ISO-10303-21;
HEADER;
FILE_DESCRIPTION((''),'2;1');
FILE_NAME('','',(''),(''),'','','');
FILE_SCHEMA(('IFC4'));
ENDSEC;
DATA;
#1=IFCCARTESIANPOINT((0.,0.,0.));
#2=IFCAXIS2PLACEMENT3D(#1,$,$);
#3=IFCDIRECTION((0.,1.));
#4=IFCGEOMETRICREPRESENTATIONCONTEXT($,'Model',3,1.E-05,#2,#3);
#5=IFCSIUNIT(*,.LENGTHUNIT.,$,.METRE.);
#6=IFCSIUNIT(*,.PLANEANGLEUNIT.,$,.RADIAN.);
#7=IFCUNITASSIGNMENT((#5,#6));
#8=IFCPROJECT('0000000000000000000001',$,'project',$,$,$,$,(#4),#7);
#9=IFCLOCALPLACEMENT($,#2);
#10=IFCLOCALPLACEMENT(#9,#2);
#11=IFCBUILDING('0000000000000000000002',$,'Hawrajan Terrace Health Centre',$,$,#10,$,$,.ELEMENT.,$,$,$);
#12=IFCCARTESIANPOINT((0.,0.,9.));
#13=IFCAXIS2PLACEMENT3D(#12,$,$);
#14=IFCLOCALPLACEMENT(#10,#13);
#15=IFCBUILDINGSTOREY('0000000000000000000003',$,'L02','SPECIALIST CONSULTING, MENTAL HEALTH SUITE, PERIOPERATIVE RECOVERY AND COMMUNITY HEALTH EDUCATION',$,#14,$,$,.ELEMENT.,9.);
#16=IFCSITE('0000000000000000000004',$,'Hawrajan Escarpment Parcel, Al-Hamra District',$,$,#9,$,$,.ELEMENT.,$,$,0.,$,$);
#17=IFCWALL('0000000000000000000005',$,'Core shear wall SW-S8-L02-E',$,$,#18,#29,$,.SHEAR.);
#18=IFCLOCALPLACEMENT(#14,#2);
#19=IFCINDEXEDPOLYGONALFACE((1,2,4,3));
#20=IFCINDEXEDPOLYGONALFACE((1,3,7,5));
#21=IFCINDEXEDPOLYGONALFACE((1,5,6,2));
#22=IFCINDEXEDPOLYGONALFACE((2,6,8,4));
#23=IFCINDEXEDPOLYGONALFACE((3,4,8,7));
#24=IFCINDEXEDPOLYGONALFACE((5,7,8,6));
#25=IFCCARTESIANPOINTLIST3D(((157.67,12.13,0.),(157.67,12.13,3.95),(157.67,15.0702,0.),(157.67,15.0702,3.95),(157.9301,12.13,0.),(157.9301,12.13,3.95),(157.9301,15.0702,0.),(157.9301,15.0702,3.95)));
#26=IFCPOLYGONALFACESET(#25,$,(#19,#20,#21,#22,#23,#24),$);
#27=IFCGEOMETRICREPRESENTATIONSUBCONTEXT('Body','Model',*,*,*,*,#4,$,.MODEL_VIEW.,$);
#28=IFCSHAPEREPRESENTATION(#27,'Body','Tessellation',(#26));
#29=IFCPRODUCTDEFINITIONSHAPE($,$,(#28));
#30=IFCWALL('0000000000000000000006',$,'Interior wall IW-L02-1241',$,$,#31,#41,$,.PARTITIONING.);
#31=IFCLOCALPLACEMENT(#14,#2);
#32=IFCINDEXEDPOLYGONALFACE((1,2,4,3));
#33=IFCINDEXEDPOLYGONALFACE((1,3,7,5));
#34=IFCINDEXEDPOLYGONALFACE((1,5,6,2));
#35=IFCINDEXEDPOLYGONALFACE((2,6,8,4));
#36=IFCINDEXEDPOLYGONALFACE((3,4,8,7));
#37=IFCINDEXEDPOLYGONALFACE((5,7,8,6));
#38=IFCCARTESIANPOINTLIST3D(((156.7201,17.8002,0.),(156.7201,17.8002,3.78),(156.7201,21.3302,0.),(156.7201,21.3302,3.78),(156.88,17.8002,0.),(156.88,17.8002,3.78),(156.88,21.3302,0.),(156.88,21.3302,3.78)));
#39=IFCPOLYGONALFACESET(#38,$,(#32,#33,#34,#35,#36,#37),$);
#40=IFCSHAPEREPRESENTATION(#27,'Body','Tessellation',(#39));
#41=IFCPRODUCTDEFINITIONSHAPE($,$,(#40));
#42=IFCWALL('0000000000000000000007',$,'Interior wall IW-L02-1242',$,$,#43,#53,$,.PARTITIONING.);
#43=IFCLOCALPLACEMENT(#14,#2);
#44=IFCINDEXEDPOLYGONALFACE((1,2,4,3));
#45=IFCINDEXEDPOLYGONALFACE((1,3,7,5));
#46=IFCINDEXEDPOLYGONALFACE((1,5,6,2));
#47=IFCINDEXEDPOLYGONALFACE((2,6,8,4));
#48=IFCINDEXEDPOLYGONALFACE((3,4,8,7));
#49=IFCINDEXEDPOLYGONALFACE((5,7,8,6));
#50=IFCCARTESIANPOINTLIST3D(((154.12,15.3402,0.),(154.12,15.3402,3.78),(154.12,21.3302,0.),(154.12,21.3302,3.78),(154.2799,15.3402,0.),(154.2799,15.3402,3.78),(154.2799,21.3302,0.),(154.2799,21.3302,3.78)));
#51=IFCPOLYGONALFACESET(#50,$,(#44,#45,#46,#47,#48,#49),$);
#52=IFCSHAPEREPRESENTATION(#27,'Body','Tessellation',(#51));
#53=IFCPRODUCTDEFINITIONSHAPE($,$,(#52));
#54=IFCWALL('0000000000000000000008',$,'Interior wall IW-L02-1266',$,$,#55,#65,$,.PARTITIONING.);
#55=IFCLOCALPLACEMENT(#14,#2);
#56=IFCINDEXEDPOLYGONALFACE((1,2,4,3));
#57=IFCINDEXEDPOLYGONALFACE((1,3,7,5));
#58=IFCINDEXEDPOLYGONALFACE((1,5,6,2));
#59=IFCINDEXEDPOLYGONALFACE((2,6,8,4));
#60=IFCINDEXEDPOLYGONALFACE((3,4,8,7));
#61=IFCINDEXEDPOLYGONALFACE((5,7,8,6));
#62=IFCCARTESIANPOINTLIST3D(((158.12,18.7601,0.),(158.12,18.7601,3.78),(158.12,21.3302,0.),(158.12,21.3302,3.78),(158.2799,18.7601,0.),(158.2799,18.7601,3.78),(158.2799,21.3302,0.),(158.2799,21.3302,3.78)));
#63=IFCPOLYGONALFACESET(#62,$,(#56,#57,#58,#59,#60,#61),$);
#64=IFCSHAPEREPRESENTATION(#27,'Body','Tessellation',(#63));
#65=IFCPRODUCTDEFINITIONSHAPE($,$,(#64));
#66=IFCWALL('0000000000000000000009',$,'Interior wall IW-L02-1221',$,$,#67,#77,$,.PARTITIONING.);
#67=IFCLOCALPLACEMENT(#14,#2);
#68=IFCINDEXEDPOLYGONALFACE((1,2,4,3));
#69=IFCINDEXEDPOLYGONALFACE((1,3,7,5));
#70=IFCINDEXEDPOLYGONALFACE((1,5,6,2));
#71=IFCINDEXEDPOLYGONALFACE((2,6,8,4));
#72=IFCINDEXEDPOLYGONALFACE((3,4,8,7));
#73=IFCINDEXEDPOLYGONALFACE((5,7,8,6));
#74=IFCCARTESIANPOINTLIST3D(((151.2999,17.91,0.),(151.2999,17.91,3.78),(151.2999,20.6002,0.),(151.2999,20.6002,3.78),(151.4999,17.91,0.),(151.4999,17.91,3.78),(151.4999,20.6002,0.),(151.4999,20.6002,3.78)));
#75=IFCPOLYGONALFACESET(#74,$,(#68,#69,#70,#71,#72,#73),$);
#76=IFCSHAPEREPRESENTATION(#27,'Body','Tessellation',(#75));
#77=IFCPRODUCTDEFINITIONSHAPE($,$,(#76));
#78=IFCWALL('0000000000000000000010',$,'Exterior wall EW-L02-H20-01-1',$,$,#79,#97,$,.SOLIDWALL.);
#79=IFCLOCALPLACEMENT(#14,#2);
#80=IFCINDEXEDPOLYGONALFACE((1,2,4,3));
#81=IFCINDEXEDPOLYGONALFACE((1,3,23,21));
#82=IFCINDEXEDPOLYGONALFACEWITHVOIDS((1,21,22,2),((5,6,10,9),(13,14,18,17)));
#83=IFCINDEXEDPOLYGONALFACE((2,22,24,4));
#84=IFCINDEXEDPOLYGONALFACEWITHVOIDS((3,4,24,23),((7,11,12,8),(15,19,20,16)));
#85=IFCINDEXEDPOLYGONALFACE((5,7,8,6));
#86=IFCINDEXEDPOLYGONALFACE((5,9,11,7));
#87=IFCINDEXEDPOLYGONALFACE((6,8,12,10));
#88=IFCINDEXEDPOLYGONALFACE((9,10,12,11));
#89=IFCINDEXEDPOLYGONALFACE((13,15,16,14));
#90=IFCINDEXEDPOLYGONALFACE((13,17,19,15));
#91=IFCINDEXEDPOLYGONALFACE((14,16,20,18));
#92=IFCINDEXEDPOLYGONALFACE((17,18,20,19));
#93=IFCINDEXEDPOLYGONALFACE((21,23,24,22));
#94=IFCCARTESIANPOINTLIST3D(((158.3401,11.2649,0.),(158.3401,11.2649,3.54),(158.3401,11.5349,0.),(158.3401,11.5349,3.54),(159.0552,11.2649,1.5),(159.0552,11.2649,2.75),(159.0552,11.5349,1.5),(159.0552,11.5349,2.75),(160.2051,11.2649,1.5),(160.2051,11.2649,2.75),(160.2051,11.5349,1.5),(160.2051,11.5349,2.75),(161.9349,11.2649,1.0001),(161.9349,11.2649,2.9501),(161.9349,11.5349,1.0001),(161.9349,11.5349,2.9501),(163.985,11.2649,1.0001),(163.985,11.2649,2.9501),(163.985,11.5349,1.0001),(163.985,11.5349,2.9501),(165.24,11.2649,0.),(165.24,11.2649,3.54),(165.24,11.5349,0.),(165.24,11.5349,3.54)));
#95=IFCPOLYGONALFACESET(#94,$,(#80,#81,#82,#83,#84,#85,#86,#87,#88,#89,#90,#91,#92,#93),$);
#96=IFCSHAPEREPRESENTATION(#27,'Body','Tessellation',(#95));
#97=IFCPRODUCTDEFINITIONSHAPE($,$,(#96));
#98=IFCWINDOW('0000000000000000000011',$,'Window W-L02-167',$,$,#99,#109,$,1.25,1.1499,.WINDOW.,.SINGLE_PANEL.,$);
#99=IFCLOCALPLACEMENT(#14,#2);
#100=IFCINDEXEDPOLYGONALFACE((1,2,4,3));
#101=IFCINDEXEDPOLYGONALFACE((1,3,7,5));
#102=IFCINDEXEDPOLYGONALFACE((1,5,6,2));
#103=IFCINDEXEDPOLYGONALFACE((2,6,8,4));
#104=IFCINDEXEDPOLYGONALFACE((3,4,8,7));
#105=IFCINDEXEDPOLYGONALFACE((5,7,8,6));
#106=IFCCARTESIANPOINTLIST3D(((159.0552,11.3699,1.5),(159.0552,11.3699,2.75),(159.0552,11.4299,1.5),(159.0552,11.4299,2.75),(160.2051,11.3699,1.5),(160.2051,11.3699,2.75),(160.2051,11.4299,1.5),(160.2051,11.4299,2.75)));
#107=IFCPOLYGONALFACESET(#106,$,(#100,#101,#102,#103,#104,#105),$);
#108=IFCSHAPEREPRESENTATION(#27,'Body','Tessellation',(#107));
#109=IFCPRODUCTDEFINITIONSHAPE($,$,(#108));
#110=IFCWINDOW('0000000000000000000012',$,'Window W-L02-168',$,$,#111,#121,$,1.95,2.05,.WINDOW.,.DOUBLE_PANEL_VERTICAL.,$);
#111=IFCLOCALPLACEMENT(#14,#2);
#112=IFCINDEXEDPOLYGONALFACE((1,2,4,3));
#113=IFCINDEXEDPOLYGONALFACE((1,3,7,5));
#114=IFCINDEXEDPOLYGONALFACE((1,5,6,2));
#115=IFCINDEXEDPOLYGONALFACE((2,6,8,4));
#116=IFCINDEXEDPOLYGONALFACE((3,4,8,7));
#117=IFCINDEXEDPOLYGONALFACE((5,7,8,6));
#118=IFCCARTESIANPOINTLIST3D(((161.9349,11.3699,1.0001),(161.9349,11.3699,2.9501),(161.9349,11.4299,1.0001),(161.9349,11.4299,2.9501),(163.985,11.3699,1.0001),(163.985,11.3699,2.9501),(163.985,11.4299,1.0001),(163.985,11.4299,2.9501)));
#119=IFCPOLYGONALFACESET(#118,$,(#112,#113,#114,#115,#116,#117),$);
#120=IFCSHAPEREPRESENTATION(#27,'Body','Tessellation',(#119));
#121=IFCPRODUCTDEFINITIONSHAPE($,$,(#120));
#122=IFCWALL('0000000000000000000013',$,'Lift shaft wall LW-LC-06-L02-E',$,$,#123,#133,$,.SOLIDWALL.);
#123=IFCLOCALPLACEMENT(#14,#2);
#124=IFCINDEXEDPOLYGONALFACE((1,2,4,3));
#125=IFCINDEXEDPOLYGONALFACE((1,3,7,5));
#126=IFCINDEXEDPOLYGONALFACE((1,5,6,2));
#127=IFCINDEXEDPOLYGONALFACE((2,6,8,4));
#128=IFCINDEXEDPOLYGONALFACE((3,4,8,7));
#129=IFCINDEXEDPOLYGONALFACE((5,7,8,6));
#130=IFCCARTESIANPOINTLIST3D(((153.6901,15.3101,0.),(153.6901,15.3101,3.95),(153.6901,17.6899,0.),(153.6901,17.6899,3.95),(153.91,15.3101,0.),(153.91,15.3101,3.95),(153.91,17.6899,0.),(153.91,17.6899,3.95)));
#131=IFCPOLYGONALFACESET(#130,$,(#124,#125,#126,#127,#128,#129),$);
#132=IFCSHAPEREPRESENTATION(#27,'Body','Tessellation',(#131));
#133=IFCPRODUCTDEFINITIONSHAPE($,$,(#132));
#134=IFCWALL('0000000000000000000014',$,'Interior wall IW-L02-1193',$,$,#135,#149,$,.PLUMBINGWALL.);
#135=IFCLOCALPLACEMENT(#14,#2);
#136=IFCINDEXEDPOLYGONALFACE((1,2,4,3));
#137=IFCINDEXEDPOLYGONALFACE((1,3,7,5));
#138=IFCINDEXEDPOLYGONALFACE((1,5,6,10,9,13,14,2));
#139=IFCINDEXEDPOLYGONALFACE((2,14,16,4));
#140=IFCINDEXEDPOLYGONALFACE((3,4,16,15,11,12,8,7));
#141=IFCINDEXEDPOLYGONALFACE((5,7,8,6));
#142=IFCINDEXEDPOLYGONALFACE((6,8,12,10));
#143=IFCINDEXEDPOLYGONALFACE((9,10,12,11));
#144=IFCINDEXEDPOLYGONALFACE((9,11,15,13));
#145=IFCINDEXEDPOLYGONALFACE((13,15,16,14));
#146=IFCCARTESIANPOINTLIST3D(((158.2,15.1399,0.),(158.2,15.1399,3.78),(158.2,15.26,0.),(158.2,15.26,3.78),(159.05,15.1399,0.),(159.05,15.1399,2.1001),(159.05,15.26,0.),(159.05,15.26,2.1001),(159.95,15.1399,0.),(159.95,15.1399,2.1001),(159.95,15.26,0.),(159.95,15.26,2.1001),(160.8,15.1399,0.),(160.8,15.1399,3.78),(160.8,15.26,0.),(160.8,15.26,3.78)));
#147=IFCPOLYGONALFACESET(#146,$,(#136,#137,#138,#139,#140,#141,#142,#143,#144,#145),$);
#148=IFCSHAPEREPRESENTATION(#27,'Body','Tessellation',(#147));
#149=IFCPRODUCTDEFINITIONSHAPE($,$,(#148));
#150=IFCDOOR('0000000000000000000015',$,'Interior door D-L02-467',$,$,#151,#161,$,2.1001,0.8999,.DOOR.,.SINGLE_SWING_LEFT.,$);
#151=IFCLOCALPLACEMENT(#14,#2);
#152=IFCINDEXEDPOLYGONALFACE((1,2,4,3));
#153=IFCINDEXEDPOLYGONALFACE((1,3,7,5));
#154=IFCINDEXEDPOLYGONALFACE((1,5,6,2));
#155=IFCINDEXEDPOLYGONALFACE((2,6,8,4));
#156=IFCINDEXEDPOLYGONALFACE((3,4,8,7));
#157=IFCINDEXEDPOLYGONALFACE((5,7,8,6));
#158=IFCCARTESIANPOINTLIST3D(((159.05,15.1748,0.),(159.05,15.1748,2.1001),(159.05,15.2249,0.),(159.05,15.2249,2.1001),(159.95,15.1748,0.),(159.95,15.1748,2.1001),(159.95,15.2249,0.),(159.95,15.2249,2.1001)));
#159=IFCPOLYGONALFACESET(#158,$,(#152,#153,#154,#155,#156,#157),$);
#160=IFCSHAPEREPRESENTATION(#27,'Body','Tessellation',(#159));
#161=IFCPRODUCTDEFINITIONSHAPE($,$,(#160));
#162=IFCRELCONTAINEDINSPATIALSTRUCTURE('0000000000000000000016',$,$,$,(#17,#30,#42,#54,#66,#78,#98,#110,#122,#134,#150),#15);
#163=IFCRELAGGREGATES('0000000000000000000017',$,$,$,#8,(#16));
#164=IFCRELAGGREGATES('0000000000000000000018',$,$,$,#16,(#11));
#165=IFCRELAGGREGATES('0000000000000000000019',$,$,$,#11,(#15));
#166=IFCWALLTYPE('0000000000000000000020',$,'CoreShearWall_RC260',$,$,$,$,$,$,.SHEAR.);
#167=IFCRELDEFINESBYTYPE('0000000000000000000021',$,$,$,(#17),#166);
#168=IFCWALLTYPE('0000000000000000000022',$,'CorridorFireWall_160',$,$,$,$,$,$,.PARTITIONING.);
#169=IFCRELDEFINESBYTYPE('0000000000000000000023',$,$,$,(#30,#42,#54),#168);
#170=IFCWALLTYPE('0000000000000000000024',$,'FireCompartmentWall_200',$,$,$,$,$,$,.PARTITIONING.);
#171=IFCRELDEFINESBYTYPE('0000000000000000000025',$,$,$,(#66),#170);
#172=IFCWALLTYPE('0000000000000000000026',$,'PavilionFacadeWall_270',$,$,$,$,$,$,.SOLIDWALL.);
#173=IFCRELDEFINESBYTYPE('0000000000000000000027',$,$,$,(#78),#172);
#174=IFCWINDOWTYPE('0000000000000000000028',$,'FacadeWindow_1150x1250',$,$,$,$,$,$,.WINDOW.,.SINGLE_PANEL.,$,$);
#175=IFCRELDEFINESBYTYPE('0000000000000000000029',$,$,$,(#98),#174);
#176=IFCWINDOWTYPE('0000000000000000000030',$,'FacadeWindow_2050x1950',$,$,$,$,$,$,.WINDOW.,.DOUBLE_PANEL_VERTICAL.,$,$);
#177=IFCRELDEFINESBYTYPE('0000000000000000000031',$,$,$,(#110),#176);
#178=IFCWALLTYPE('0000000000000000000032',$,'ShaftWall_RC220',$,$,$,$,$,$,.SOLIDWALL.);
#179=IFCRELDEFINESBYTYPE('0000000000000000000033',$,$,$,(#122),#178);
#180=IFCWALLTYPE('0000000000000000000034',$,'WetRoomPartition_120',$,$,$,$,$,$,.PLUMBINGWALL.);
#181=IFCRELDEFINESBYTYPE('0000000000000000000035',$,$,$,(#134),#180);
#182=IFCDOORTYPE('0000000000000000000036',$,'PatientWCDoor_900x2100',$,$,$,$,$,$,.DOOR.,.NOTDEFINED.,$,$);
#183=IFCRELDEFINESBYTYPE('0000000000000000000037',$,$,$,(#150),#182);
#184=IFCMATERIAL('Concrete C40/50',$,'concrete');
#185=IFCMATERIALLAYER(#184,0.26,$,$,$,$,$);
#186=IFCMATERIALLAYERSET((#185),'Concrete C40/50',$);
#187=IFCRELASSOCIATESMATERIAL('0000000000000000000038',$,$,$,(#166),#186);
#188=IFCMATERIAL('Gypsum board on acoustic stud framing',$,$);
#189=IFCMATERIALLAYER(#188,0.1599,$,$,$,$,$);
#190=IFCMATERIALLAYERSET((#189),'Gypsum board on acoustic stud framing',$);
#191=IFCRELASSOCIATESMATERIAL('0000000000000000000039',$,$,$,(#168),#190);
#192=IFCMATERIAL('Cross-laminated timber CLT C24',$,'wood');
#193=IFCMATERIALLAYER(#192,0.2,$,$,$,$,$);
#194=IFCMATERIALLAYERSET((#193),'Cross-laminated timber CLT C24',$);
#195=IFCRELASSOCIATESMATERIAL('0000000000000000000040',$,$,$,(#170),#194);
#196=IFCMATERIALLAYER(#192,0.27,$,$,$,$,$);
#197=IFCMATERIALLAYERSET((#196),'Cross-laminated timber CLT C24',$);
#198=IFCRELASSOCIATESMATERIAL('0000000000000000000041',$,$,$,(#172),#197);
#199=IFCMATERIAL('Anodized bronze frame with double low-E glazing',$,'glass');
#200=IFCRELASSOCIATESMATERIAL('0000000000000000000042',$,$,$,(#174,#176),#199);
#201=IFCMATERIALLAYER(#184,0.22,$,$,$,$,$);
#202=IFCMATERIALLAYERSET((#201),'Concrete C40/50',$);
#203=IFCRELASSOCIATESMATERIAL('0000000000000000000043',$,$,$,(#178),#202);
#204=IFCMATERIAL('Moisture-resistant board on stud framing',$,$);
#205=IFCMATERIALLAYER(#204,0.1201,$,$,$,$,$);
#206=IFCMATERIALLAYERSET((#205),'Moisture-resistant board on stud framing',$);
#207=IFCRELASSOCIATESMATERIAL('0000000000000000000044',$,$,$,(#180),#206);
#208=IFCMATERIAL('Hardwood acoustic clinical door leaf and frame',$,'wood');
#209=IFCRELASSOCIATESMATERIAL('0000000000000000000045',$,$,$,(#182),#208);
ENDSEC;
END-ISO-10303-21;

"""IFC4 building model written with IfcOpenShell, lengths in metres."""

from ifc_helpers import new_model, si_unit, direction, frame, frame_2d, origin, place, context, subcontext, project, spatial, rectangle, extrude, material, layer, layer_set, type_object, element, fill, save


model = new_model("IFC4")

# Units and contexts
model_context = context("Model", 3, precision=1e-05, world=origin(), true_north=direction((0.0, 1.0)))
body_context = subcontext(model_context, "Body", "Model", "MODEL_VIEW")
ifc_project = project(units=[si_unit("LENGTHUNIT", "METRE"), si_unit("PLANEANGLEUNIT", "RADIAN")], contexts=[model_context])

# Site, building, storey
site_placement = place(None, origin())
site = spatial("IfcSite", under=ifc_project, at=site_placement, Name="Hawrajan Escarpment Parcel, Al-Hamra District", CompositionType="ELEMENT", RefElevation=0.0)
building_placement = place(site_placement, origin())
building = spatial("IfcBuilding", under=site, at=building_placement, Name="Hawrajan Terrace Health Centre", CompositionType="ELEMENT")
storey_placement = place(building_placement, frame((0.0, 0.0, 9.0)))
storey = spatial("IfcBuildingStorey", under=building, at=storey_placement, Name="L02", Description="SPECIALIST CONSULTING, MENTAL HEALTH SUITE, PERIOPERATIVE RECOVERY AND COMMUNITY HEALTH EDUCATION", CompositionType="ELEMENT", Elevation=9.0)

# Shared definitions
ifc_material_1 = material(Name="Gypsum board on acoustic stud framing")
ifc_material_2 = material(Name="Hardwood acoustic clinical door leaf and frame", Category="wood")

# Walls
ifc_material_3 = material(Name="Concrete C40/50", Category="concrete")
ifc_layer_1 = layer(ifc_material_3, 0.26)
ifc_layer_set_1 = layer_set([ifc_layer_1], Name="Concrete C40/50")
wall_type_1 = type_object("IfcWallType", Name="CoreShearWall_RC260", PredefinedType="SHEAR", material=ifc_layer_set_1)
wall_1_placement = place(storey_placement, frame((157.8, 12.1299, 0.0), z_axis=(0.0, 0.0, 1.0), x_axis=(0.0, 1.0, 0.0)))
element("IfcWall", 1, at=wall_1_placement, inside=storey, type_object=wall_type_1, Name="Core shear wall SW-S8-L02-E", PredefinedType="SHEAR", context=body_context, shape_type="SweptSolid", body=[
    extrude(rectangle(XDim=2.9402, YDim=0.26, at=frame_2d((1.4702, 0.0))), origin(), (0.0, 0.0, 1.0), 3.95),
])
ifc_layer_2 = layer(ifc_material_1, 0.1599)
ifc_layer_set_2 = layer_set([ifc_layer_2], Name="Gypsum board on acoustic stud framing")
wall_type_2 = type_object("IfcWallType", Name="CorridorFireWall_160", PredefinedType="PARTITIONING", material=ifc_layer_set_2)
wall_2_placement = place(storey_placement, frame((156.8, 17.8, 0.0), z_axis=(0.0, 0.0, 1.0), x_axis=(0.0, 1.0, 0.0)))
element("IfcWall", 2, at=wall_2_placement, inside=storey, type_object=wall_type_2, Name="Interior wall IW-L02-1241", PredefinedType="PARTITIONING", context=body_context, shape_type="SweptSolid", body=[
    extrude(rectangle(XDim=3.53, YDim=0.1599, at=frame_2d((1.7651, 0.0))), origin(), (0.0, 0.0, 1.0), 3.78),
])
wall_3_placement = place(storey_placement, frame((154.2, 15.3401, 0.0), z_axis=(0.0, 0.0, 1.0), x_axis=(0.0, 1.0, 0.0)))
element("IfcWall", 3, at=wall_3_placement, inside=storey, type_object=wall_type_2, Name="Interior wall IW-L02-1242", PredefinedType="PARTITIONING", context=body_context, shape_type="SweptSolid", body=[
    extrude(rectangle(XDim=5.99, YDim=0.1599, at=frame_2d((2.9951, 0.0))), origin(), (0.0, 0.0, 1.0), 3.78),
])
wall_4_placement = place(storey_placement, frame((158.2, 18.76, 0.0), z_axis=(0.0, 0.0, 1.0), x_axis=(0.0, 1.0, 0.0)))
element("IfcWall", 4, at=wall_4_placement, inside=storey, type_object=wall_type_2, Name="Interior wall IW-L02-1266", PredefinedType="PARTITIONING", context=body_context, shape_type="SweptSolid", body=[
    extrude(rectangle(XDim=2.5701, YDim=0.1599, at=frame_2d((1.2852, 0.0))), origin(), (0.0, 0.0, 1.0), 3.78),
])
ifc_material_4 = material(Name="Cross-laminated timber CLT C24", Category="wood")
ifc_layer_3 = layer(ifc_material_4, 0.2)
ifc_layer_set_3 = layer_set([ifc_layer_3], Name="Cross-laminated timber CLT C24")
wall_type_3 = type_object("IfcWallType", Name="FireCompartmentWall_200", PredefinedType="PARTITIONING", material=ifc_layer_set_3)
wall_5_placement = place(storey_placement, frame((151.3999, 17.9099, 0.0), z_axis=(0.0, 0.0, 1.0), x_axis=(0.0, 1.0, 0.0)))
element("IfcWall", 5, at=wall_5_placement, inside=storey, type_object=wall_type_3, Name="Interior wall IW-L02-1221", PredefinedType="PARTITIONING", context=body_context, shape_type="SweptSolid", body=[
    extrude(rectangle(XDim=2.6902, YDim=0.2, at=frame_2d((1.3452, 0.0))), origin(), (0.0, 0.0, 1.0), 3.78),
])

# Wall, openings, windows
ifc_layer_4 = layer(ifc_material_4, 0.27)
ifc_layer_set_4 = layer_set([ifc_layer_4], Name="Cross-laminated timber CLT C24")
wall_type_4 = type_object("IfcWallType", Name="PavilionFacadeWall_270", PredefinedType="SOLIDWALL", material=ifc_layer_set_4)
wall_6_placement = place(storey_placement, frame((158.3401, 11.3999, 0.0), z_axis=(0.0, 0.0, 1.0), x_axis=(1.0, 0.0, 0.0)))
wall_6 = element("IfcWall", 6, at=wall_6_placement, inside=storey, type_object=wall_type_4, Name="Exterior wall EW-L02-H20-01-1", PredefinedType="SOLIDWALL", context=body_context, shape_type="SweptSolid", body=[
    extrude(rectangle(XDim=6.8999, YDim=0.27, at=frame_2d((3.45, 0.0))), origin(), (0.0, 0.0, 1.0), 3.54),
])
opening_1_placement = place(wall_6_placement, frame((0.7151, 0.0, 1.5)))
opening_1 = element("IfcOpeningElement", 7, at=opening_1_placement, cuts=wall_6, PredefinedType="OPENING", context=body_context, shape_type="SweptSolid", body=[
    extrude(rectangle(XDim=1.1499, YDim=1.25, at=frame_2d((0.575, 0.625))), frame((0.0, 0.145, 0.0), z_axis=(0.0, -1.0, 0.0), x_axis=(1.0, 0.0, 0.0)), (0.0, 0.0, 1.0), 0.29),
])
opening_2_placement = place(wall_6_placement, frame((3.595, 0.0, 1.0)))
opening_2 = element("IfcOpeningElement", 8, at=opening_2_placement, cuts=wall_6, PredefinedType="OPENING", context=body_context, shape_type="SweptSolid", body=[
    extrude(rectangle(XDim=2.05, YDim=1.95, at=frame_2d((1.0249, 0.9751))), frame((0.0, 0.145, 0.0), z_axis=(0.0, -1.0, 0.0), x_axis=(1.0, 0.0, 0.0)), (0.0, 0.0, 1.0), 0.29),
])
ifc_material_5 = material(Name="Anodized bronze frame with double low-E glazing", Category="glass")
window_type_1 = type_object("IfcWindowType", Name="FacadeWindow_1150x1250", PartitioningType="SINGLE_PANEL", PredefinedType="WINDOW", material=ifc_material_5)
window_1_placement = place(opening_1_placement, origin())
window_1 = element("IfcWindow", 9, at=window_1_placement, inside=storey, type_object=window_type_1, Name="Window W-L02-167", OverallHeight=1.25, OverallWidth=1.1499, PartitioningType="SINGLE_PANEL", PredefinedType="WINDOW", context=body_context, shape_type="SweptSolid", body=[
    extrude(rectangle(XDim=1.1499, YDim=1.25, at=frame_2d((0.575, 0.625))), frame((0.0, 0.03, 0.0), z_axis=(0.0, -1.0, 0.0), x_axis=(1.0, 0.0, 0.0)), (0.0, 0.0, 1.0), 0.0601),
])
fill(opening_1, window_1)
window_type_2 = type_object("IfcWindowType", Name="FacadeWindow_2050x1950", PartitioningType="DOUBLE_PANEL_VERTICAL", PredefinedType="WINDOW", material=ifc_material_5)
window_2_placement = place(opening_2_placement, origin())
window_2 = element("IfcWindow", 10, at=window_2_placement, inside=storey, type_object=window_type_2, Name="Window W-L02-168", OverallHeight=1.95, OverallWidth=2.05, PartitioningType="DOUBLE_PANEL_VERTICAL", PredefinedType="WINDOW", context=body_context, shape_type="SweptSolid", body=[
    extrude(rectangle(XDim=2.05, YDim=1.95, at=frame_2d((1.0249, 0.9751))), frame((0.0, 0.03, 0.0), z_axis=(0.0, -1.0, 0.0), x_axis=(1.0, 0.0, 0.0)), (0.0, 0.0, 1.0), 0.0601),
])
fill(opening_2, window_2)

# Wall
ifc_layer_5 = layer(ifc_material_3, 0.22)
ifc_layer_set_5 = layer_set([ifc_layer_5], Name="Concrete C40/50")
wall_type_5 = type_object("IfcWallType", Name="ShaftWall_RC220", PredefinedType="SOLIDWALL", material=ifc_layer_set_5)
wall_7_placement = place(storey_placement, frame((153.8, 15.3101, 0.0), z_axis=(0.0, 0.0, 1.0), x_axis=(0.0, 1.0, 0.0)))
element("IfcWall", 11, at=wall_7_placement, inside=storey, type_object=wall_type_5, Name="Lift shaft wall LW-LC-06-L02-E", PredefinedType="SOLIDWALL", context=body_context, shape_type="SweptSolid", body=[
    extrude(rectangle(XDim=2.3799, YDim=0.22, at=frame_2d((1.1899, 0.0))), origin(), (0.0, 0.0, 1.0), 3.95),
])

# Wall, opening, door
ifc_material_6 = material(Name="Moisture-resistant board on stud framing")
ifc_layer_6 = layer(ifc_material_6, 0.1201)
ifc_layer_set_6 = layer_set([ifc_layer_6], Name="Moisture-resistant board on stud framing")
wall_type_6 = type_object("IfcWallType", Name="WetRoomPartition_120", PredefinedType="PLUMBINGWALL", material=ifc_layer_set_6)
wall_8_placement = place(storey_placement, frame((158.2, 15.2, 0.0), z_axis=(0.0, 0.0, 1.0), x_axis=(1.0, 0.0, 0.0)))
wall_8 = element("IfcWall", 12, at=wall_8_placement, inside=storey, type_object=wall_type_6, Name="Interior wall IW-L02-1193", PredefinedType="PLUMBINGWALL", context=body_context, shape_type="SweptSolid", body=[
    extrude(rectangle(XDim=2.6001, YDim=0.1201, at=frame_2d((1.3, 0.0))), origin(), (0.0, 0.0, 1.0), 3.78),
])
opening_3_placement = place(wall_8_placement, frame((0.8501, 0.0, 0.0)))
opening_3 = element("IfcOpeningElement", 13, at=opening_3_placement, cuts=wall_8, PredefinedType="OPENING", context=body_context, shape_type="SweptSolid", body=[
    extrude(rectangle(XDim=0.8999, YDim=2.1001, at=frame_2d((0.45, 1.05))), frame((0.0, 0.0701, 0.0), z_axis=(0.0, -1.0, 0.0), x_axis=(1.0, 0.0, 0.0)), (0.0, 0.0, 1.0), 0.1401),
])
door_type_1 = type_object("IfcDoorType", Name="PatientWCDoor_900x2100", OperationType="NOTDEFINED", PredefinedType="DOOR", material=ifc_material_2)
door_1_placement = place(opening_3_placement, origin())
door_1 = element("IfcDoor", 14, at=door_1_placement, inside=storey, type_object=door_type_1, Name="Interior door D-L02-467", OperationType="SINGLE_SWING_LEFT", OverallHeight=2.1001, OverallWidth=0.8999, PredefinedType="DOOR", context=body_context, shape_type="SweptSolid", body=[
    extrude(rectangle(XDim=0.8999, YDim=2.1001, at=frame_2d((0.45, 1.05))), frame((0.0, 0.0249, 0.0), z_axis=(0.0, -1.0, 0.0), x_axis=(1.0, 0.0, 0.0)), (0.0, 0.0, 1.0), 0.05),
])
fill(opening_3, door_1)

save(model, "model.ifc")
